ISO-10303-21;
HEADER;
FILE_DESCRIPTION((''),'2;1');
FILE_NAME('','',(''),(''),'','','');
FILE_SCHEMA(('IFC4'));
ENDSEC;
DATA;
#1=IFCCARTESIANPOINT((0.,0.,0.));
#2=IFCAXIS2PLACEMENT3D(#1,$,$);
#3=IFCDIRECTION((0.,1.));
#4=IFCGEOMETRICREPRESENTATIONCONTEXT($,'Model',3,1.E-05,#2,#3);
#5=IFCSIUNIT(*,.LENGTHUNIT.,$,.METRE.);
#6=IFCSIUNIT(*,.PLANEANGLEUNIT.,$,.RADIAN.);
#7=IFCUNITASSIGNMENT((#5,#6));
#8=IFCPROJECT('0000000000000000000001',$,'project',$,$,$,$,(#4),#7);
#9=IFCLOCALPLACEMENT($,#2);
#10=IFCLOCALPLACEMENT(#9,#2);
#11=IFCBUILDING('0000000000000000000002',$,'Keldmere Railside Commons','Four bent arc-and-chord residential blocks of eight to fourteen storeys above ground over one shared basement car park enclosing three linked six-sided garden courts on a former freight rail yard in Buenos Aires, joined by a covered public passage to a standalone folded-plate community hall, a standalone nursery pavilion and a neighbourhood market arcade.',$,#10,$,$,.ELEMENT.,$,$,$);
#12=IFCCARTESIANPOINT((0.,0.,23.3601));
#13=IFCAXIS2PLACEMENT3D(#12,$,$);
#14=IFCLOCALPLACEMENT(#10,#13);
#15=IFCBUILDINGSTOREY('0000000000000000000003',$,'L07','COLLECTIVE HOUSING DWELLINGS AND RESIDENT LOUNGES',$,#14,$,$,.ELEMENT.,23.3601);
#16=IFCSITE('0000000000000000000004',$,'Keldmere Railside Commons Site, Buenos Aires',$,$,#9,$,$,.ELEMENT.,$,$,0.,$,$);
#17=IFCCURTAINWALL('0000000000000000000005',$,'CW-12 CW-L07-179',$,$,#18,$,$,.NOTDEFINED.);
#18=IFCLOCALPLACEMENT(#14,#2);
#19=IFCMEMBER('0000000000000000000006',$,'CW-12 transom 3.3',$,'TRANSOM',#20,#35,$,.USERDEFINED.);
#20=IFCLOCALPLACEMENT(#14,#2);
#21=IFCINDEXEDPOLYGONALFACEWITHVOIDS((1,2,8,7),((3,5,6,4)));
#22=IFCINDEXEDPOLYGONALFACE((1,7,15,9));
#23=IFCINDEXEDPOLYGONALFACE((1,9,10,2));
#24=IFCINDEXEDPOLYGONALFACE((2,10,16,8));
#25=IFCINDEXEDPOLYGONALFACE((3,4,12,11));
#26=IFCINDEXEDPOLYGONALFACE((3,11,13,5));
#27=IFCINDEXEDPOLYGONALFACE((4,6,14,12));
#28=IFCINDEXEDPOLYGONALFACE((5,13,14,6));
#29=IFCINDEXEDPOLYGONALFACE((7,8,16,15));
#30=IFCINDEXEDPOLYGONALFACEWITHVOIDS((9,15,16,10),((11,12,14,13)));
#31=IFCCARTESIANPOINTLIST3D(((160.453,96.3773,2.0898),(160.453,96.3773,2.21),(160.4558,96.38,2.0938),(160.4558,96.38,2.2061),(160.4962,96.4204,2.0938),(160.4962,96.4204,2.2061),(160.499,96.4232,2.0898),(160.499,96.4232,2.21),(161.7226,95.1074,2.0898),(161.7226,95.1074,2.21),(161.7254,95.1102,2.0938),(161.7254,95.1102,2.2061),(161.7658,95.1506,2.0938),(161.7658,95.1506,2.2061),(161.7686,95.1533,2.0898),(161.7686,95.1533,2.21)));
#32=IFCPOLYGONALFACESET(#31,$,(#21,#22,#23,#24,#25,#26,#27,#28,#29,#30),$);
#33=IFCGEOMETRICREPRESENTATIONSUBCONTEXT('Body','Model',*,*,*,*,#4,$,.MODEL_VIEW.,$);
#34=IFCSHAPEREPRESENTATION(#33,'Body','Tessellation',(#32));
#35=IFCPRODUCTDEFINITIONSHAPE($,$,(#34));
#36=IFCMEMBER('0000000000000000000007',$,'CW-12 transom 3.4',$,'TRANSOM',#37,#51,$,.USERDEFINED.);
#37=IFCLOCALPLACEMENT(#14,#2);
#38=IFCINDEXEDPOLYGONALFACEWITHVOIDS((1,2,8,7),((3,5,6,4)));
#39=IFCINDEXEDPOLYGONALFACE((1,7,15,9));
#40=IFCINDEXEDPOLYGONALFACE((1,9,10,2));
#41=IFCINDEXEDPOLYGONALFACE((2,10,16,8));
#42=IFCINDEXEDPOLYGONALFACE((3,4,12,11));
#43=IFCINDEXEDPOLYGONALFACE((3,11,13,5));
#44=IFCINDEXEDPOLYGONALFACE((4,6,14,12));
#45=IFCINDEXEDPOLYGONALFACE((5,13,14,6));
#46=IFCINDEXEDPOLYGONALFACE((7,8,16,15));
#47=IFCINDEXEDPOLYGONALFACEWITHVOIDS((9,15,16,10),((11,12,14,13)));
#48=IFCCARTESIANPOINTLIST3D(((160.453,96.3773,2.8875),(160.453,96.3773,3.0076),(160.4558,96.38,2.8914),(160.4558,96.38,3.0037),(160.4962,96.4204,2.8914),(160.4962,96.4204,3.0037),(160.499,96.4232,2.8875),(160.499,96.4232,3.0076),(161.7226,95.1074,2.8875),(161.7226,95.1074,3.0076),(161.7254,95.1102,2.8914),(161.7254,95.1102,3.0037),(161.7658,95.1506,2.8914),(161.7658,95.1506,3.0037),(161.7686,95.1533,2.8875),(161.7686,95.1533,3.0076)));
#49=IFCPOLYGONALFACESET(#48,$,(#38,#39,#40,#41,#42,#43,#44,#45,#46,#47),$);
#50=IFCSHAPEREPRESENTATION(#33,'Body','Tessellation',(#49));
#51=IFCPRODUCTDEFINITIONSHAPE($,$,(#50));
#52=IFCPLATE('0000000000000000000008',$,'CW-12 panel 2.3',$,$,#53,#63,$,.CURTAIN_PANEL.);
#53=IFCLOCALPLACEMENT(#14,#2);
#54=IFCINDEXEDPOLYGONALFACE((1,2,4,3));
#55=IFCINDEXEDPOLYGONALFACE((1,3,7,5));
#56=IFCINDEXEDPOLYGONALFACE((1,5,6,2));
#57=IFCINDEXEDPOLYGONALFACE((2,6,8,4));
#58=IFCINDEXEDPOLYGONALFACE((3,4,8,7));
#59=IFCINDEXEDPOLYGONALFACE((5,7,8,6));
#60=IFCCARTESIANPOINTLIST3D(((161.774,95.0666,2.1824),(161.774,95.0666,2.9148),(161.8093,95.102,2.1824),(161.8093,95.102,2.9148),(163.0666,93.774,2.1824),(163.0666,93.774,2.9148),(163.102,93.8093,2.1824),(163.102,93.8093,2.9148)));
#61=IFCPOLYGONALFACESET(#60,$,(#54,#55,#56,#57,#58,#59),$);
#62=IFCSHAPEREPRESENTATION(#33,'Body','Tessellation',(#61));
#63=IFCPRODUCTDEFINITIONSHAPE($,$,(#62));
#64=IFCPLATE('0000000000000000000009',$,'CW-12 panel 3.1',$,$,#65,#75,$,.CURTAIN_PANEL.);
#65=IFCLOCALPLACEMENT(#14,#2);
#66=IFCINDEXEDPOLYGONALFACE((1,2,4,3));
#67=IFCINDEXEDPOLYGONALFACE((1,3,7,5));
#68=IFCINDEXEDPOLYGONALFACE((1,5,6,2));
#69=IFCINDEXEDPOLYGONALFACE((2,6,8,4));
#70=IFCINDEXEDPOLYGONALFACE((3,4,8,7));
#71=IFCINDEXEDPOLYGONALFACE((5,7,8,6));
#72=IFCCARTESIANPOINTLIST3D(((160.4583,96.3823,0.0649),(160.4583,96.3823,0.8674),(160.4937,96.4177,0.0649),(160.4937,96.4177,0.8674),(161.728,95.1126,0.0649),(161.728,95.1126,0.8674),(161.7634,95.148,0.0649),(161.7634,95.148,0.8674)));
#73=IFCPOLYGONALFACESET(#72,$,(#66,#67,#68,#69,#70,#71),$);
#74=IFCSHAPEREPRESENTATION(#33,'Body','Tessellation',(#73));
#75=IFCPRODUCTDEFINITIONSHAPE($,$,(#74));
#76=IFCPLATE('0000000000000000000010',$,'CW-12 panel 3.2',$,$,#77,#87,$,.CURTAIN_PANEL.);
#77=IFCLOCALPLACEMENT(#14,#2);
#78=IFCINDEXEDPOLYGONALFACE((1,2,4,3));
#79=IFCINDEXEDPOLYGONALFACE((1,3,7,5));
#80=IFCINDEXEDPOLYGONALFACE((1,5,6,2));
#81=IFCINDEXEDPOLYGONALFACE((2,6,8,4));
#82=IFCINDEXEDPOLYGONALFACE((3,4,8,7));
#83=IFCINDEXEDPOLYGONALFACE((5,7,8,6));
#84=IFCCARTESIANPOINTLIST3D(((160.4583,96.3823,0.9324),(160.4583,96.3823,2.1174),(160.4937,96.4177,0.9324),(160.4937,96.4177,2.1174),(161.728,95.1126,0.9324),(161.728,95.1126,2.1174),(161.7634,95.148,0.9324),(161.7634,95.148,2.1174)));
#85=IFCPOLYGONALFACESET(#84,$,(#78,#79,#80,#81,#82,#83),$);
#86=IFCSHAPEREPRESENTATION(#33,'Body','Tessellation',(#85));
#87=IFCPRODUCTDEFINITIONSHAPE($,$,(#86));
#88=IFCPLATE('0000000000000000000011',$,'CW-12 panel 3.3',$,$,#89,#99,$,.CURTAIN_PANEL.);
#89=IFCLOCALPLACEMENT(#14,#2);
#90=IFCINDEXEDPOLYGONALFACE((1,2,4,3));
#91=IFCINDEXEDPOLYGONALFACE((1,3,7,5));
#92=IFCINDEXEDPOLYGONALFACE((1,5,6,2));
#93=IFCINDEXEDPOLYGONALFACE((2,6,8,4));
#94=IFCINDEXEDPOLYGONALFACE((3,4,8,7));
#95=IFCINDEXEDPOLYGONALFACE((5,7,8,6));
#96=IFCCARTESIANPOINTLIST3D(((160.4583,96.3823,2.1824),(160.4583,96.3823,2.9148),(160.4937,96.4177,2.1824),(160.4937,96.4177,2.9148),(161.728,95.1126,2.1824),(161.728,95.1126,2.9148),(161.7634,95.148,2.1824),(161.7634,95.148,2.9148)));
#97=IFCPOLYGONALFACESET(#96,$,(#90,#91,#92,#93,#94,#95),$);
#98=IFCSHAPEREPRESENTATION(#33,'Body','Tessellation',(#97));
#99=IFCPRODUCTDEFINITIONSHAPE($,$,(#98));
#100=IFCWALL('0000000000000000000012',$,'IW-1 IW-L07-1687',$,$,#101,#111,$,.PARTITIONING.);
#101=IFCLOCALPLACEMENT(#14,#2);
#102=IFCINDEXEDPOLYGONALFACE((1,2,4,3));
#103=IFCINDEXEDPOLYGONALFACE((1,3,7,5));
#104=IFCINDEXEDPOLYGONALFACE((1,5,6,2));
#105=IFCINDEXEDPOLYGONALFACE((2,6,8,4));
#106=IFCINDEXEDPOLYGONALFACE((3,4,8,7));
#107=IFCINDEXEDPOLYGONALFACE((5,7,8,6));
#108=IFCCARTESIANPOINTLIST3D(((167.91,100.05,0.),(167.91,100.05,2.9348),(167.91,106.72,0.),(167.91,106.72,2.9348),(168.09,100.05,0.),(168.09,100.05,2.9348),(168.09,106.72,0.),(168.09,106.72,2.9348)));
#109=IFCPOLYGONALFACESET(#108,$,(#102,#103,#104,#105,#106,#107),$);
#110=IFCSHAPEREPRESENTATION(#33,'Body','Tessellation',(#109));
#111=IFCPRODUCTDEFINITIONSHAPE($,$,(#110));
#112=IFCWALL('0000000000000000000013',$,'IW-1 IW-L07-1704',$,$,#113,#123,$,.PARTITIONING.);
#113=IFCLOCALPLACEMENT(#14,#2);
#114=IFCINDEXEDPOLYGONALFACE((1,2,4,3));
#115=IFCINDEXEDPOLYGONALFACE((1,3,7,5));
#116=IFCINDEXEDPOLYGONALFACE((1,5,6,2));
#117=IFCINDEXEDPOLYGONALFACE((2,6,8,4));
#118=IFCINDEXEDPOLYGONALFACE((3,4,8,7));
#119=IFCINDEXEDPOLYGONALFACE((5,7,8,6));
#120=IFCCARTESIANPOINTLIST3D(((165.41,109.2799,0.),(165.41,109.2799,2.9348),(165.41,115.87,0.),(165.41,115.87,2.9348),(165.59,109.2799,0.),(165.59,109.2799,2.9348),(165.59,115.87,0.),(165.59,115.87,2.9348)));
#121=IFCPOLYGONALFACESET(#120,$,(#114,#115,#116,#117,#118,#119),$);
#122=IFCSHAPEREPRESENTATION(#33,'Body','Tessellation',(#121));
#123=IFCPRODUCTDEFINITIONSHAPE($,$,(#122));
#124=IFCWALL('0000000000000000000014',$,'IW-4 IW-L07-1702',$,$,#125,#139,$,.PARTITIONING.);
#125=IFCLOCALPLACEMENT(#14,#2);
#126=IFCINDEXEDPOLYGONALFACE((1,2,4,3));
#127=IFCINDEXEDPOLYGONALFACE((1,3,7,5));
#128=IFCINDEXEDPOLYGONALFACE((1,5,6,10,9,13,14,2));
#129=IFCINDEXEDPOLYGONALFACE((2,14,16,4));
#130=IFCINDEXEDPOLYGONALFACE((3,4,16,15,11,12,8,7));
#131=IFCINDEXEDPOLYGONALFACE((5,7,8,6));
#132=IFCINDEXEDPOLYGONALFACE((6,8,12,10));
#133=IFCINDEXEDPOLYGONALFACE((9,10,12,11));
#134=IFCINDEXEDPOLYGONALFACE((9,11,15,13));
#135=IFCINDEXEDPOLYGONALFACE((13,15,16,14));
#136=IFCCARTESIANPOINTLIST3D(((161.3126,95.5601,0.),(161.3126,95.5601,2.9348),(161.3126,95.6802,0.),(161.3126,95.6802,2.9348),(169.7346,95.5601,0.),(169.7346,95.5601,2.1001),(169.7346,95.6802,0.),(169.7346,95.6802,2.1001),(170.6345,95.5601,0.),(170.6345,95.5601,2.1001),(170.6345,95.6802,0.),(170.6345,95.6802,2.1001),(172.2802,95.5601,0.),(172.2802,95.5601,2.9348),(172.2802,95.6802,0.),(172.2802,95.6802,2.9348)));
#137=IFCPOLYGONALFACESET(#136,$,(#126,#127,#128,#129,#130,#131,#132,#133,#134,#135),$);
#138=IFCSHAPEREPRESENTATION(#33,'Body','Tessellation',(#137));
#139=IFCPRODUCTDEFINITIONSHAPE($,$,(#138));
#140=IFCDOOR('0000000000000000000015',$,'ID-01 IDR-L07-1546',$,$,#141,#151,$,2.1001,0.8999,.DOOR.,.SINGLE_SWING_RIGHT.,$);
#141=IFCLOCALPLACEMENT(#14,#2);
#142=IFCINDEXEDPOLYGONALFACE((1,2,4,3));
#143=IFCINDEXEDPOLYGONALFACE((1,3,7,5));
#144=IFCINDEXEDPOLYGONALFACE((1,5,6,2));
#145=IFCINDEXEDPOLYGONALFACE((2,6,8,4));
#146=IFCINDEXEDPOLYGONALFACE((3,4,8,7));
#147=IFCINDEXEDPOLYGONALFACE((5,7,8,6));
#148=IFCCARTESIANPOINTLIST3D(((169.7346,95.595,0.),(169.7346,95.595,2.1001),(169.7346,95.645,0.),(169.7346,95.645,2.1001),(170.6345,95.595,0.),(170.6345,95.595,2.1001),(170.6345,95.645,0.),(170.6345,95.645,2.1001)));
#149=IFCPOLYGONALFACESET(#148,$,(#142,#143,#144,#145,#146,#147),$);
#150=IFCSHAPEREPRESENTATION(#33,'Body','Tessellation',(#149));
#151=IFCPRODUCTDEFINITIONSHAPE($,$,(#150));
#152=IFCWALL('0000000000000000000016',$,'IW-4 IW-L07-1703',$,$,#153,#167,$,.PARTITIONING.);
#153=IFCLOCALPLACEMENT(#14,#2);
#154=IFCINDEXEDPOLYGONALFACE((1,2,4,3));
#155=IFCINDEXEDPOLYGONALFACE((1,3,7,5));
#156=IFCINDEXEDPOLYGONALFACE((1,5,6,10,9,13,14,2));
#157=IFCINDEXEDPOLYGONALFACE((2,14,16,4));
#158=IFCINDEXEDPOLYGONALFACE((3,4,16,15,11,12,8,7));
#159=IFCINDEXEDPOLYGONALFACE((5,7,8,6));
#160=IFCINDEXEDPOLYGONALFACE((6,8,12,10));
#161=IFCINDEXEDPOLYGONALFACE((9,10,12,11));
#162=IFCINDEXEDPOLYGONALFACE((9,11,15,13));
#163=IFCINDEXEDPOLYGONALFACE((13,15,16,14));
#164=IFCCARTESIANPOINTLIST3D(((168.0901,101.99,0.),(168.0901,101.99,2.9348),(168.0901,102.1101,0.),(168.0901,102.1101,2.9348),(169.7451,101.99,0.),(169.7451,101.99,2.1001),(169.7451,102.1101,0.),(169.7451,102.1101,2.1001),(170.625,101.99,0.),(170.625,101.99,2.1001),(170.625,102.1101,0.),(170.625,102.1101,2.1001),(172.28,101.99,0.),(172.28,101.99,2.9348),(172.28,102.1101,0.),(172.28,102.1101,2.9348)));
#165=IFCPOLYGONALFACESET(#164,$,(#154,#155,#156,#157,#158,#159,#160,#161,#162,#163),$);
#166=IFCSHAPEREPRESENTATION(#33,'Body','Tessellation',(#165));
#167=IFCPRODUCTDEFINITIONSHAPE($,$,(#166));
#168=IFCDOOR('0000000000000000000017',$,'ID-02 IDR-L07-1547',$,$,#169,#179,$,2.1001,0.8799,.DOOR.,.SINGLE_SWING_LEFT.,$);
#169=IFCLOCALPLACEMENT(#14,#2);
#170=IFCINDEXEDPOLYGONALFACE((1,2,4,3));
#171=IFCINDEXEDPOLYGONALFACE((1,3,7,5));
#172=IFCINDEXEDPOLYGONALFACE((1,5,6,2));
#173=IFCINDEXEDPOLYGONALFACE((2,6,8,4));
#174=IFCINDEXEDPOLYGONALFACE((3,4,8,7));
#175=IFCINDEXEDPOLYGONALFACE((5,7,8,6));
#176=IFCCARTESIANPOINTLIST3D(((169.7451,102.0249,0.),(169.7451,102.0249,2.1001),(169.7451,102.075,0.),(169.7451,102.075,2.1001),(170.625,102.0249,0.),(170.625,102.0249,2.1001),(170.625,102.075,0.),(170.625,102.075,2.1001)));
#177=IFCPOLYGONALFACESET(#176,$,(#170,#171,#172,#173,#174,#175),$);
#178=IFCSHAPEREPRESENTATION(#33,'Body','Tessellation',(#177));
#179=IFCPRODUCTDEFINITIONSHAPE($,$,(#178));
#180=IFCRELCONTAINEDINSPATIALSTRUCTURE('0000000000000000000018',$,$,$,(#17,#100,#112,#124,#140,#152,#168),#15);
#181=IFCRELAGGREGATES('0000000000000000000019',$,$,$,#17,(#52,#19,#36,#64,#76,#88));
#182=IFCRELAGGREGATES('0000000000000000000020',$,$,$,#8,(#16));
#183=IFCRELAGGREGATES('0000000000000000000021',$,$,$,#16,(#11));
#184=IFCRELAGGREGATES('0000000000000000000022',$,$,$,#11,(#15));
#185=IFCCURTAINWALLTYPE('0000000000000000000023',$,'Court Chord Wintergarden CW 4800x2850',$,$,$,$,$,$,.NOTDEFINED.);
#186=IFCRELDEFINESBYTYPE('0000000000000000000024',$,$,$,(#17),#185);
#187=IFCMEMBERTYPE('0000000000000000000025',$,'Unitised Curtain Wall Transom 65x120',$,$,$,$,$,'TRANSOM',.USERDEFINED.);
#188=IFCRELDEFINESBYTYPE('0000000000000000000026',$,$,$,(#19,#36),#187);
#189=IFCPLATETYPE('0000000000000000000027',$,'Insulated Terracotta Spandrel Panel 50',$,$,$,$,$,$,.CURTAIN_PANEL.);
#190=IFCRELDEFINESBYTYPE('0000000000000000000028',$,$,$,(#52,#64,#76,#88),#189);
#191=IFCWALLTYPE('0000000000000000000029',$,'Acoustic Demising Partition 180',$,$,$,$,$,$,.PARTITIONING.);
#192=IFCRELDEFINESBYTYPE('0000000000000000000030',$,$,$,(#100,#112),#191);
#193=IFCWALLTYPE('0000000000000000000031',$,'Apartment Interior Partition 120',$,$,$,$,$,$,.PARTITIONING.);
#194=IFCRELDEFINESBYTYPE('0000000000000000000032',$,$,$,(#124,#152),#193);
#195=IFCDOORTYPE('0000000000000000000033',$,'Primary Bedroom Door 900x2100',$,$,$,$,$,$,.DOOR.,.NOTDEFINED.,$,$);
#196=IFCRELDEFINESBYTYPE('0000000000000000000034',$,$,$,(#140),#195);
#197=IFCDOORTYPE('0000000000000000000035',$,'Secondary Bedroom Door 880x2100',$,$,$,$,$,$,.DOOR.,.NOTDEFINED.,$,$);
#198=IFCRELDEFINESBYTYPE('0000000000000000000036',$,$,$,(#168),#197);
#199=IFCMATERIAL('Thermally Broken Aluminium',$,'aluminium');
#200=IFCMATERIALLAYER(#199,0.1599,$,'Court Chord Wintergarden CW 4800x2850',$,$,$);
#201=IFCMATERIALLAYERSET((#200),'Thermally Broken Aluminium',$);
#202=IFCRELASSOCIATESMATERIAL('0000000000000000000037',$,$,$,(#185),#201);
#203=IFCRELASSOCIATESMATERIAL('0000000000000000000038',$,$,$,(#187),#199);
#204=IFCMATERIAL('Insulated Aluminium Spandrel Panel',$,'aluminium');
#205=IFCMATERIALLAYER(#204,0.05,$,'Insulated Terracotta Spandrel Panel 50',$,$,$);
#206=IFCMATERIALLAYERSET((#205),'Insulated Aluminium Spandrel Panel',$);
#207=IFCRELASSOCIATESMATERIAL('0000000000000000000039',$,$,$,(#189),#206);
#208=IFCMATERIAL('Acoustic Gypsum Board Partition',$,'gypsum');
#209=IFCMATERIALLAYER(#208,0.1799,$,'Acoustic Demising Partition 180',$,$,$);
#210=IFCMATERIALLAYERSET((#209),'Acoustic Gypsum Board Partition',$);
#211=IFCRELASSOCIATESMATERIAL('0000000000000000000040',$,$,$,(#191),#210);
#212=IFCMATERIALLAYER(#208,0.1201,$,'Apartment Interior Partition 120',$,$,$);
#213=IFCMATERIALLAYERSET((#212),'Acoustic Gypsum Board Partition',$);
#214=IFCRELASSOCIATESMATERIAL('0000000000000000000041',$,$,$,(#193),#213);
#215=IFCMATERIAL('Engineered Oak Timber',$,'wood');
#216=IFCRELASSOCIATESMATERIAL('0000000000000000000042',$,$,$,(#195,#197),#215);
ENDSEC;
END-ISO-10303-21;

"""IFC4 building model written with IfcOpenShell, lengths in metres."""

from ifc_helpers import new_model, si_unit, direction, frame, frame_2d, origin, origin_2d, place, context, subcontext, project, spatial, rectangle, hollow_rectangle, extrude, material, layer, layer_set, material_profile, profile_set, type_object, element, fill, aggregate, save


model = new_model("IFC4")

# Units and contexts
model_context = context("Model", 3, precision=1e-05, world=origin(), true_north=direction((0.0, 1.0)))
body_context = subcontext(model_context, "Body", "Model", "MODEL_VIEW")
ifc_project = project(units=[si_unit("LENGTHUNIT", "METRE"), si_unit("PLANEANGLEUNIT", "RADIAN")], contexts=[model_context])

# Site, building, storey
site_placement = place(None, origin())
site = spatial("IfcSite", under=ifc_project, at=site_placement, Name="Keldmere Railside Commons Site, Buenos Aires", CompositionType="ELEMENT", RefElevation=0.0)
building_placement = place(site_placement, origin())
building = spatial("IfcBuilding", under=site, at=building_placement, Name="Keldmere Railside Commons", Description="Four bent arc-and-chord residential blocks of eight to fourteen storeys above ground over one shared basement car park enclosing three linked six-sided garden courts on a former freight rail yard in Buenos Aires, joined by a covered public passage to a standalone folded-plate community hall, a standalone nursery pavilion and a neighbourhood market arcade.", CompositionType="ELEMENT")
storey_placement = place(building_placement, frame((0.0, 0.0, 23.3601)))
storey = spatial("IfcBuildingStorey", under=building, at=storey_placement, Name="L07", Description="COLLECTIVE HOUSING DWELLINGS AND RESIDENT LOUNGES", CompositionType="ELEMENT", Elevation=23.3601)

# Curtain wall, members, plates
ifc_material_1 = material(Name="Thermally Broken Aluminium", Category="aluminium")
ifc_layer_1 = layer(ifc_material_1, 0.1599, Name="Court Chord Wintergarden CW 4800x2850")
ifc_layer_set_1 = layer_set([ifc_layer_1], Name="Thermally Broken Aluminium")
curtain_wall_type = type_object("IfcCurtainWallType", Name="Court Chord Wintergarden CW 4800x2850", PredefinedType="NOTDEFINED", material=ifc_layer_set_1)
curtain_wall_placement = place(storey_placement, origin())
curtain_wall = element("IfcCurtainWall", 1, at=curtain_wall_placement, inside=storey, type_object=curtain_wall_type, Name="CW-12 CW-L07-179", PredefinedType="NOTDEFINED")
ifc_material_profile_1 = material_profile(ifc_material_1, hollow_rectangle(XDim=0.0649, YDim=0.1201, WallThickness=0.0039, at=origin_2d()), Name="ALU-TRAN-65x120")
ifc_profile_set_1 = profile_set([ifc_material_profile_1], Name="Thermally Broken Aluminium")
member_type_1 = type_object("IfcMemberType", Name="Unitised Curtain Wall Transom 65x120", ElementType="TRANSOM", PredefinedType="USERDEFINED", material=ifc_profile_set_1)
member_1_placement = place(storey_placement, frame((161.7456, 95.1304, 2.1499), z_axis=(-0.707039, 0.707175, 0.0), x_axis=(-0.707175, -0.707039, 0.0)))
member_1 = element("IfcMember", 2, at=member_1_placement, type_object=member_type_1, Name="CW-12 transom 3.3", ObjectType="TRANSOM", PredefinedType="USERDEFINED", context=body_context, shape_type="SweptSolid", body=[
    extrude(hollow_rectangle(XDim=0.0649, YDim=0.1201, WallThickness=0.0039, at=origin_2d()), origin(), (0.0, 0.0, 1.0), 1.7957),
])
member_2_placement = place(storey_placement, frame((161.7456, 95.1304, 2.9475), z_axis=(-0.707039, 0.707175, 0.0), x_axis=(-0.707175, -0.707039, 0.0)))
member_2 = element("IfcMember", 3, at=member_2_placement, type_object=member_type_1, Name="CW-12 transom 3.4", ObjectType="TRANSOM", PredefinedType="USERDEFINED", context=body_context, shape_type="SweptSolid", body=[
    extrude(hollow_rectangle(XDim=0.0649, YDim=0.1201, WallThickness=0.0039, at=origin_2d()), origin(), (0.0, 0.0, 1.0), 1.7957),
])
ifc_material_2 = material(Name="Insulated Aluminium Spandrel Panel", Category="aluminium")
ifc_layer_2 = layer(ifc_material_2, 0.05, Name="Insulated Terracotta Spandrel Panel 50")
ifc_layer_set_2 = layer_set([ifc_layer_2], Name="Insulated Aluminium Spandrel Panel")
plate_type = type_object("IfcPlateType", Name="Insulated Terracotta Spandrel Panel 50", PredefinedType="CURTAIN_PANEL", material=ifc_layer_set_2)
plate_1_placement = place(storey_placement, frame((162.438, 94.438, 2.1824), z_axis=(0.0, 0.0, 1.0), x_axis=(-0.707107, 0.707107, 0.0)))
plate_1 = element("IfcPlate", 4, at=plate_1_placement, type_object=plate_type, Name="CW-12 panel 2.3", PredefinedType="CURTAIN_PANEL", context=body_context, shape_type="SweptSolid", body=[
    extrude(rectangle(XDim=1.8281, YDim=0.05, at=origin_2d()), origin(), (0.0, 0.0, 1.0), 0.7324),
])
plate_2_placement = place(storey_placement, frame((161.1108, 95.7651, 0.0649), z_axis=(0.0, 0.0, 1.0), x_axis=(-0.707107, 0.707107, 0.0)))
plate_2 = element("IfcPlate", 5, at=plate_2_placement, type_object=plate_type, Name="CW-12 panel 3.1", PredefinedType="CURTAIN_PANEL", context=body_context, shape_type="SweptSolid", body=[
    extrude(rectangle(XDim=1.7957, YDim=0.05, at=origin_2d()), origin(), (0.0, 0.0, 1.0), 0.8025),
])
plate_3_placement = place(storey_placement, frame((161.1108, 95.7651, 0.9324), z_axis=(0.0, 0.0, 1.0), x_axis=(-0.707107, 0.707107, 0.0)))
plate_3 = element("IfcPlate", 6, at=plate_3_placement, type_object=plate_type, Name="CW-12 panel 3.2", PredefinedType="CURTAIN_PANEL", context=body_context, shape_type="SweptSolid", body=[
    extrude(rectangle(XDim=1.7957, YDim=0.05, at=origin_2d()), origin(), (0.0, 0.0, 1.0), 1.1851),
])
plate_4_placement = place(storey_placement, frame((161.1108, 95.7651, 2.1824), z_axis=(0.0, 0.0, 1.0), x_axis=(-0.707107, 0.707107, 0.0)))
plate_4 = element("IfcPlate", 7, at=plate_4_placement, type_object=plate_type, Name="CW-12 panel 3.3", PredefinedType="CURTAIN_PANEL", context=body_context, shape_type="SweptSolid", body=[
    extrude(rectangle(XDim=1.7957, YDim=0.05, at=origin_2d()), origin(), (0.0, 0.0, 1.0), 0.7324),
])
aggregate(curtain_wall, [plate_1, member_1, member_2, plate_2, plate_3, plate_4])

# Walls
ifc_material_3 = material(Name="Acoustic Gypsum Board Partition", Category="gypsum")
ifc_layer_3 = layer(ifc_material_3, 0.1799, Name="Acoustic Demising Partition 180")
ifc_layer_set_3 = layer_set([ifc_layer_3], Name="Acoustic Gypsum Board Partition")
wall_type_1 = type_object("IfcWallType", Name="Acoustic Demising Partition 180", PredefinedType="PARTITIONING", material=ifc_layer_set_3)
wall_1_placement = place(storey_placement, frame((168.0, 100.05, 0.0), z_axis=(0.0, 0.0, 1.0), x_axis=(0.0, 1.0, 0.0)))
element("IfcWall", 8, at=wall_1_placement, inside=storey, type_object=wall_type_1, Name="IW-1 IW-L07-1687", PredefinedType="PARTITIONING", context=body_context, shape_type="SweptSolid", body=[
    extrude(rectangle(XDim=6.6699, YDim=0.1799, at=frame_2d((3.335, 0.0))), origin(), (0.0, 0.0, 1.0), 2.9348),
])
wall_2_placement = place(storey_placement, frame((165.5, 109.28, 0.0), z_axis=(0.0, 0.0, 1.0), x_axis=(0.0, 1.0, 0.0)))
element("IfcWall", 9, at=wall_2_placement, inside=storey, type_object=wall_type_1, Name="IW-1 IW-L07-1704", PredefinedType="PARTITIONING", context=body_context, shape_type="SweptSolid", body=[
    extrude(rectangle(XDim=6.5901, YDim=0.1799, at=frame_2d((3.2949, 0.0))), origin(), (0.0, 0.0, 1.0), 2.9348),
])

# Walls, openings, doors
ifc_layer_4 = layer(ifc_material_3, 0.1201, Name="Apartment Interior Partition 120")
ifc_layer_set_4 = layer_set([ifc_layer_4], Name="Acoustic Gypsum Board Partition")
wall_type_2 = type_object("IfcWallType", Name="Apartment Interior Partition 120", PredefinedType="PARTITIONING", material=ifc_layer_set_4)
wall_3_placement = place(storey_placement, frame((161.3125, 95.6201, 0.0), z_axis=(0.0, 0.0, 1.0), x_axis=(1.0, 0.0, 0.0)))
wall_3 = element("IfcWall", 10, at=wall_3_placement, inside=storey, type_object=wall_type_2, Name="IW-4 IW-L07-1702", PredefinedType="PARTITIONING", context=body_context, shape_type="SweptSolid", body=[
    extrude(rectangle(XDim=10.9675, YDim=0.1201, at=frame_2d((5.4839, 0.0))), origin(), (0.0, 0.0, 1.0), 2.9348),
])
opening_1_placement = place(wall_3_placement, frame((8.4221, 0.0, 0.0)))
opening_1 = element("IfcOpeningElement", 11, at=opening_1_placement, cuts=wall_3, PredefinedType="OPENING", context=body_context, shape_type="SweptSolid", body=[
    extrude(rectangle(XDim=0.8999, YDim=2.1001, at=frame_2d((0.45, 1.05))), frame((0.0, 0.0701, 0.0), z_axis=(0.0, -1.0, 0.0), x_axis=(1.0, 0.0, 0.0)), (0.0, 0.0, 1.0), 0.1401),
])
ifc_material_4 = material(Name="Engineered Oak Timber", Category="wood")
door_type_1 = type_object("IfcDoorType", Name="Primary Bedroom Door 900x2100", OperationType="NOTDEFINED", PredefinedType="DOOR", material=ifc_material_4)
door_1_placement = place(opening_1_placement, origin())
door_1 = element("IfcDoor", 12, at=door_1_placement, inside=storey, type_object=door_type_1, Name="ID-01 IDR-L07-1546", OperationType="SINGLE_SWING_RIGHT", OverallHeight=2.1001, OverallWidth=0.8999, PredefinedType="DOOR", context=body_context, shape_type="SweptSolid", body=[
    extrude(rectangle(XDim=0.8999, YDim=2.1001, at=frame_2d((0.45, 1.05))), frame((0.0, 0.0249, 0.0), z_axis=(0.0, -1.0, 0.0), x_axis=(1.0, 0.0, 0.0)), (0.0, 0.0, 1.0), 0.05),
])
fill(opening_1, door_1)
wall_4_placement = place(storey_placement, frame((168.0901, 102.05, 0.0), z_axis=(0.0, 0.0, 1.0), x_axis=(1.0, 0.0, 0.0)))
wall_4 = element("IfcWall", 13, at=wall_4_placement, inside=storey, type_object=wall_type_2, Name="IW-4 IW-L07-1703", PredefinedType="PARTITIONING", context=body_context, shape_type="SweptSolid", body=[
    extrude(rectangle(XDim=4.1899, YDim=0.1201, at=frame_2d((2.095, 0.0))), origin(), (0.0, 0.0, 1.0), 2.9348),
])
opening_2_placement = place(wall_4_placement, frame((1.655, 0.0, 0.0)))
opening_2 = element("IfcOpeningElement", 14, at=opening_2_placement, cuts=wall_4, PredefinedType="OPENING", context=body_context, shape_type="SweptSolid", body=[
    extrude(rectangle(XDim=0.8799, YDim=2.1001, at=frame_2d((0.4399, 1.05))), frame((0.0, 0.0701, 0.0), z_axis=(0.0, -1.0, 0.0), x_axis=(1.0, 0.0, 0.0)), (0.0, 0.0, 1.0), 0.1401),
])
door_type_2 = type_object("IfcDoorType", Name="Secondary Bedroom Door 880x2100", OperationType="NOTDEFINED", PredefinedType="DOOR", material=ifc_material_4)
door_2_placement = place(opening_2_placement, origin())
door_2 = element("IfcDoor", 15, at=door_2_placement, inside=storey, type_object=door_type_2, Name="ID-02 IDR-L07-1547", OperationType="SINGLE_SWING_LEFT", OverallHeight=2.1001, OverallWidth=0.8799, PredefinedType="DOOR", context=body_context, shape_type="SweptSolid", body=[
    extrude(rectangle(XDim=0.8799, YDim=2.1001, at=frame_2d((0.4399, 1.05))), frame((0.0, 0.0249, 0.0), z_axis=(0.0, -1.0, 0.0), x_axis=(1.0, 0.0, 0.0)), (0.0, 0.0, 1.0), 0.05),
])
fill(opening_2, door_2)

save(model, "model.ifc")
